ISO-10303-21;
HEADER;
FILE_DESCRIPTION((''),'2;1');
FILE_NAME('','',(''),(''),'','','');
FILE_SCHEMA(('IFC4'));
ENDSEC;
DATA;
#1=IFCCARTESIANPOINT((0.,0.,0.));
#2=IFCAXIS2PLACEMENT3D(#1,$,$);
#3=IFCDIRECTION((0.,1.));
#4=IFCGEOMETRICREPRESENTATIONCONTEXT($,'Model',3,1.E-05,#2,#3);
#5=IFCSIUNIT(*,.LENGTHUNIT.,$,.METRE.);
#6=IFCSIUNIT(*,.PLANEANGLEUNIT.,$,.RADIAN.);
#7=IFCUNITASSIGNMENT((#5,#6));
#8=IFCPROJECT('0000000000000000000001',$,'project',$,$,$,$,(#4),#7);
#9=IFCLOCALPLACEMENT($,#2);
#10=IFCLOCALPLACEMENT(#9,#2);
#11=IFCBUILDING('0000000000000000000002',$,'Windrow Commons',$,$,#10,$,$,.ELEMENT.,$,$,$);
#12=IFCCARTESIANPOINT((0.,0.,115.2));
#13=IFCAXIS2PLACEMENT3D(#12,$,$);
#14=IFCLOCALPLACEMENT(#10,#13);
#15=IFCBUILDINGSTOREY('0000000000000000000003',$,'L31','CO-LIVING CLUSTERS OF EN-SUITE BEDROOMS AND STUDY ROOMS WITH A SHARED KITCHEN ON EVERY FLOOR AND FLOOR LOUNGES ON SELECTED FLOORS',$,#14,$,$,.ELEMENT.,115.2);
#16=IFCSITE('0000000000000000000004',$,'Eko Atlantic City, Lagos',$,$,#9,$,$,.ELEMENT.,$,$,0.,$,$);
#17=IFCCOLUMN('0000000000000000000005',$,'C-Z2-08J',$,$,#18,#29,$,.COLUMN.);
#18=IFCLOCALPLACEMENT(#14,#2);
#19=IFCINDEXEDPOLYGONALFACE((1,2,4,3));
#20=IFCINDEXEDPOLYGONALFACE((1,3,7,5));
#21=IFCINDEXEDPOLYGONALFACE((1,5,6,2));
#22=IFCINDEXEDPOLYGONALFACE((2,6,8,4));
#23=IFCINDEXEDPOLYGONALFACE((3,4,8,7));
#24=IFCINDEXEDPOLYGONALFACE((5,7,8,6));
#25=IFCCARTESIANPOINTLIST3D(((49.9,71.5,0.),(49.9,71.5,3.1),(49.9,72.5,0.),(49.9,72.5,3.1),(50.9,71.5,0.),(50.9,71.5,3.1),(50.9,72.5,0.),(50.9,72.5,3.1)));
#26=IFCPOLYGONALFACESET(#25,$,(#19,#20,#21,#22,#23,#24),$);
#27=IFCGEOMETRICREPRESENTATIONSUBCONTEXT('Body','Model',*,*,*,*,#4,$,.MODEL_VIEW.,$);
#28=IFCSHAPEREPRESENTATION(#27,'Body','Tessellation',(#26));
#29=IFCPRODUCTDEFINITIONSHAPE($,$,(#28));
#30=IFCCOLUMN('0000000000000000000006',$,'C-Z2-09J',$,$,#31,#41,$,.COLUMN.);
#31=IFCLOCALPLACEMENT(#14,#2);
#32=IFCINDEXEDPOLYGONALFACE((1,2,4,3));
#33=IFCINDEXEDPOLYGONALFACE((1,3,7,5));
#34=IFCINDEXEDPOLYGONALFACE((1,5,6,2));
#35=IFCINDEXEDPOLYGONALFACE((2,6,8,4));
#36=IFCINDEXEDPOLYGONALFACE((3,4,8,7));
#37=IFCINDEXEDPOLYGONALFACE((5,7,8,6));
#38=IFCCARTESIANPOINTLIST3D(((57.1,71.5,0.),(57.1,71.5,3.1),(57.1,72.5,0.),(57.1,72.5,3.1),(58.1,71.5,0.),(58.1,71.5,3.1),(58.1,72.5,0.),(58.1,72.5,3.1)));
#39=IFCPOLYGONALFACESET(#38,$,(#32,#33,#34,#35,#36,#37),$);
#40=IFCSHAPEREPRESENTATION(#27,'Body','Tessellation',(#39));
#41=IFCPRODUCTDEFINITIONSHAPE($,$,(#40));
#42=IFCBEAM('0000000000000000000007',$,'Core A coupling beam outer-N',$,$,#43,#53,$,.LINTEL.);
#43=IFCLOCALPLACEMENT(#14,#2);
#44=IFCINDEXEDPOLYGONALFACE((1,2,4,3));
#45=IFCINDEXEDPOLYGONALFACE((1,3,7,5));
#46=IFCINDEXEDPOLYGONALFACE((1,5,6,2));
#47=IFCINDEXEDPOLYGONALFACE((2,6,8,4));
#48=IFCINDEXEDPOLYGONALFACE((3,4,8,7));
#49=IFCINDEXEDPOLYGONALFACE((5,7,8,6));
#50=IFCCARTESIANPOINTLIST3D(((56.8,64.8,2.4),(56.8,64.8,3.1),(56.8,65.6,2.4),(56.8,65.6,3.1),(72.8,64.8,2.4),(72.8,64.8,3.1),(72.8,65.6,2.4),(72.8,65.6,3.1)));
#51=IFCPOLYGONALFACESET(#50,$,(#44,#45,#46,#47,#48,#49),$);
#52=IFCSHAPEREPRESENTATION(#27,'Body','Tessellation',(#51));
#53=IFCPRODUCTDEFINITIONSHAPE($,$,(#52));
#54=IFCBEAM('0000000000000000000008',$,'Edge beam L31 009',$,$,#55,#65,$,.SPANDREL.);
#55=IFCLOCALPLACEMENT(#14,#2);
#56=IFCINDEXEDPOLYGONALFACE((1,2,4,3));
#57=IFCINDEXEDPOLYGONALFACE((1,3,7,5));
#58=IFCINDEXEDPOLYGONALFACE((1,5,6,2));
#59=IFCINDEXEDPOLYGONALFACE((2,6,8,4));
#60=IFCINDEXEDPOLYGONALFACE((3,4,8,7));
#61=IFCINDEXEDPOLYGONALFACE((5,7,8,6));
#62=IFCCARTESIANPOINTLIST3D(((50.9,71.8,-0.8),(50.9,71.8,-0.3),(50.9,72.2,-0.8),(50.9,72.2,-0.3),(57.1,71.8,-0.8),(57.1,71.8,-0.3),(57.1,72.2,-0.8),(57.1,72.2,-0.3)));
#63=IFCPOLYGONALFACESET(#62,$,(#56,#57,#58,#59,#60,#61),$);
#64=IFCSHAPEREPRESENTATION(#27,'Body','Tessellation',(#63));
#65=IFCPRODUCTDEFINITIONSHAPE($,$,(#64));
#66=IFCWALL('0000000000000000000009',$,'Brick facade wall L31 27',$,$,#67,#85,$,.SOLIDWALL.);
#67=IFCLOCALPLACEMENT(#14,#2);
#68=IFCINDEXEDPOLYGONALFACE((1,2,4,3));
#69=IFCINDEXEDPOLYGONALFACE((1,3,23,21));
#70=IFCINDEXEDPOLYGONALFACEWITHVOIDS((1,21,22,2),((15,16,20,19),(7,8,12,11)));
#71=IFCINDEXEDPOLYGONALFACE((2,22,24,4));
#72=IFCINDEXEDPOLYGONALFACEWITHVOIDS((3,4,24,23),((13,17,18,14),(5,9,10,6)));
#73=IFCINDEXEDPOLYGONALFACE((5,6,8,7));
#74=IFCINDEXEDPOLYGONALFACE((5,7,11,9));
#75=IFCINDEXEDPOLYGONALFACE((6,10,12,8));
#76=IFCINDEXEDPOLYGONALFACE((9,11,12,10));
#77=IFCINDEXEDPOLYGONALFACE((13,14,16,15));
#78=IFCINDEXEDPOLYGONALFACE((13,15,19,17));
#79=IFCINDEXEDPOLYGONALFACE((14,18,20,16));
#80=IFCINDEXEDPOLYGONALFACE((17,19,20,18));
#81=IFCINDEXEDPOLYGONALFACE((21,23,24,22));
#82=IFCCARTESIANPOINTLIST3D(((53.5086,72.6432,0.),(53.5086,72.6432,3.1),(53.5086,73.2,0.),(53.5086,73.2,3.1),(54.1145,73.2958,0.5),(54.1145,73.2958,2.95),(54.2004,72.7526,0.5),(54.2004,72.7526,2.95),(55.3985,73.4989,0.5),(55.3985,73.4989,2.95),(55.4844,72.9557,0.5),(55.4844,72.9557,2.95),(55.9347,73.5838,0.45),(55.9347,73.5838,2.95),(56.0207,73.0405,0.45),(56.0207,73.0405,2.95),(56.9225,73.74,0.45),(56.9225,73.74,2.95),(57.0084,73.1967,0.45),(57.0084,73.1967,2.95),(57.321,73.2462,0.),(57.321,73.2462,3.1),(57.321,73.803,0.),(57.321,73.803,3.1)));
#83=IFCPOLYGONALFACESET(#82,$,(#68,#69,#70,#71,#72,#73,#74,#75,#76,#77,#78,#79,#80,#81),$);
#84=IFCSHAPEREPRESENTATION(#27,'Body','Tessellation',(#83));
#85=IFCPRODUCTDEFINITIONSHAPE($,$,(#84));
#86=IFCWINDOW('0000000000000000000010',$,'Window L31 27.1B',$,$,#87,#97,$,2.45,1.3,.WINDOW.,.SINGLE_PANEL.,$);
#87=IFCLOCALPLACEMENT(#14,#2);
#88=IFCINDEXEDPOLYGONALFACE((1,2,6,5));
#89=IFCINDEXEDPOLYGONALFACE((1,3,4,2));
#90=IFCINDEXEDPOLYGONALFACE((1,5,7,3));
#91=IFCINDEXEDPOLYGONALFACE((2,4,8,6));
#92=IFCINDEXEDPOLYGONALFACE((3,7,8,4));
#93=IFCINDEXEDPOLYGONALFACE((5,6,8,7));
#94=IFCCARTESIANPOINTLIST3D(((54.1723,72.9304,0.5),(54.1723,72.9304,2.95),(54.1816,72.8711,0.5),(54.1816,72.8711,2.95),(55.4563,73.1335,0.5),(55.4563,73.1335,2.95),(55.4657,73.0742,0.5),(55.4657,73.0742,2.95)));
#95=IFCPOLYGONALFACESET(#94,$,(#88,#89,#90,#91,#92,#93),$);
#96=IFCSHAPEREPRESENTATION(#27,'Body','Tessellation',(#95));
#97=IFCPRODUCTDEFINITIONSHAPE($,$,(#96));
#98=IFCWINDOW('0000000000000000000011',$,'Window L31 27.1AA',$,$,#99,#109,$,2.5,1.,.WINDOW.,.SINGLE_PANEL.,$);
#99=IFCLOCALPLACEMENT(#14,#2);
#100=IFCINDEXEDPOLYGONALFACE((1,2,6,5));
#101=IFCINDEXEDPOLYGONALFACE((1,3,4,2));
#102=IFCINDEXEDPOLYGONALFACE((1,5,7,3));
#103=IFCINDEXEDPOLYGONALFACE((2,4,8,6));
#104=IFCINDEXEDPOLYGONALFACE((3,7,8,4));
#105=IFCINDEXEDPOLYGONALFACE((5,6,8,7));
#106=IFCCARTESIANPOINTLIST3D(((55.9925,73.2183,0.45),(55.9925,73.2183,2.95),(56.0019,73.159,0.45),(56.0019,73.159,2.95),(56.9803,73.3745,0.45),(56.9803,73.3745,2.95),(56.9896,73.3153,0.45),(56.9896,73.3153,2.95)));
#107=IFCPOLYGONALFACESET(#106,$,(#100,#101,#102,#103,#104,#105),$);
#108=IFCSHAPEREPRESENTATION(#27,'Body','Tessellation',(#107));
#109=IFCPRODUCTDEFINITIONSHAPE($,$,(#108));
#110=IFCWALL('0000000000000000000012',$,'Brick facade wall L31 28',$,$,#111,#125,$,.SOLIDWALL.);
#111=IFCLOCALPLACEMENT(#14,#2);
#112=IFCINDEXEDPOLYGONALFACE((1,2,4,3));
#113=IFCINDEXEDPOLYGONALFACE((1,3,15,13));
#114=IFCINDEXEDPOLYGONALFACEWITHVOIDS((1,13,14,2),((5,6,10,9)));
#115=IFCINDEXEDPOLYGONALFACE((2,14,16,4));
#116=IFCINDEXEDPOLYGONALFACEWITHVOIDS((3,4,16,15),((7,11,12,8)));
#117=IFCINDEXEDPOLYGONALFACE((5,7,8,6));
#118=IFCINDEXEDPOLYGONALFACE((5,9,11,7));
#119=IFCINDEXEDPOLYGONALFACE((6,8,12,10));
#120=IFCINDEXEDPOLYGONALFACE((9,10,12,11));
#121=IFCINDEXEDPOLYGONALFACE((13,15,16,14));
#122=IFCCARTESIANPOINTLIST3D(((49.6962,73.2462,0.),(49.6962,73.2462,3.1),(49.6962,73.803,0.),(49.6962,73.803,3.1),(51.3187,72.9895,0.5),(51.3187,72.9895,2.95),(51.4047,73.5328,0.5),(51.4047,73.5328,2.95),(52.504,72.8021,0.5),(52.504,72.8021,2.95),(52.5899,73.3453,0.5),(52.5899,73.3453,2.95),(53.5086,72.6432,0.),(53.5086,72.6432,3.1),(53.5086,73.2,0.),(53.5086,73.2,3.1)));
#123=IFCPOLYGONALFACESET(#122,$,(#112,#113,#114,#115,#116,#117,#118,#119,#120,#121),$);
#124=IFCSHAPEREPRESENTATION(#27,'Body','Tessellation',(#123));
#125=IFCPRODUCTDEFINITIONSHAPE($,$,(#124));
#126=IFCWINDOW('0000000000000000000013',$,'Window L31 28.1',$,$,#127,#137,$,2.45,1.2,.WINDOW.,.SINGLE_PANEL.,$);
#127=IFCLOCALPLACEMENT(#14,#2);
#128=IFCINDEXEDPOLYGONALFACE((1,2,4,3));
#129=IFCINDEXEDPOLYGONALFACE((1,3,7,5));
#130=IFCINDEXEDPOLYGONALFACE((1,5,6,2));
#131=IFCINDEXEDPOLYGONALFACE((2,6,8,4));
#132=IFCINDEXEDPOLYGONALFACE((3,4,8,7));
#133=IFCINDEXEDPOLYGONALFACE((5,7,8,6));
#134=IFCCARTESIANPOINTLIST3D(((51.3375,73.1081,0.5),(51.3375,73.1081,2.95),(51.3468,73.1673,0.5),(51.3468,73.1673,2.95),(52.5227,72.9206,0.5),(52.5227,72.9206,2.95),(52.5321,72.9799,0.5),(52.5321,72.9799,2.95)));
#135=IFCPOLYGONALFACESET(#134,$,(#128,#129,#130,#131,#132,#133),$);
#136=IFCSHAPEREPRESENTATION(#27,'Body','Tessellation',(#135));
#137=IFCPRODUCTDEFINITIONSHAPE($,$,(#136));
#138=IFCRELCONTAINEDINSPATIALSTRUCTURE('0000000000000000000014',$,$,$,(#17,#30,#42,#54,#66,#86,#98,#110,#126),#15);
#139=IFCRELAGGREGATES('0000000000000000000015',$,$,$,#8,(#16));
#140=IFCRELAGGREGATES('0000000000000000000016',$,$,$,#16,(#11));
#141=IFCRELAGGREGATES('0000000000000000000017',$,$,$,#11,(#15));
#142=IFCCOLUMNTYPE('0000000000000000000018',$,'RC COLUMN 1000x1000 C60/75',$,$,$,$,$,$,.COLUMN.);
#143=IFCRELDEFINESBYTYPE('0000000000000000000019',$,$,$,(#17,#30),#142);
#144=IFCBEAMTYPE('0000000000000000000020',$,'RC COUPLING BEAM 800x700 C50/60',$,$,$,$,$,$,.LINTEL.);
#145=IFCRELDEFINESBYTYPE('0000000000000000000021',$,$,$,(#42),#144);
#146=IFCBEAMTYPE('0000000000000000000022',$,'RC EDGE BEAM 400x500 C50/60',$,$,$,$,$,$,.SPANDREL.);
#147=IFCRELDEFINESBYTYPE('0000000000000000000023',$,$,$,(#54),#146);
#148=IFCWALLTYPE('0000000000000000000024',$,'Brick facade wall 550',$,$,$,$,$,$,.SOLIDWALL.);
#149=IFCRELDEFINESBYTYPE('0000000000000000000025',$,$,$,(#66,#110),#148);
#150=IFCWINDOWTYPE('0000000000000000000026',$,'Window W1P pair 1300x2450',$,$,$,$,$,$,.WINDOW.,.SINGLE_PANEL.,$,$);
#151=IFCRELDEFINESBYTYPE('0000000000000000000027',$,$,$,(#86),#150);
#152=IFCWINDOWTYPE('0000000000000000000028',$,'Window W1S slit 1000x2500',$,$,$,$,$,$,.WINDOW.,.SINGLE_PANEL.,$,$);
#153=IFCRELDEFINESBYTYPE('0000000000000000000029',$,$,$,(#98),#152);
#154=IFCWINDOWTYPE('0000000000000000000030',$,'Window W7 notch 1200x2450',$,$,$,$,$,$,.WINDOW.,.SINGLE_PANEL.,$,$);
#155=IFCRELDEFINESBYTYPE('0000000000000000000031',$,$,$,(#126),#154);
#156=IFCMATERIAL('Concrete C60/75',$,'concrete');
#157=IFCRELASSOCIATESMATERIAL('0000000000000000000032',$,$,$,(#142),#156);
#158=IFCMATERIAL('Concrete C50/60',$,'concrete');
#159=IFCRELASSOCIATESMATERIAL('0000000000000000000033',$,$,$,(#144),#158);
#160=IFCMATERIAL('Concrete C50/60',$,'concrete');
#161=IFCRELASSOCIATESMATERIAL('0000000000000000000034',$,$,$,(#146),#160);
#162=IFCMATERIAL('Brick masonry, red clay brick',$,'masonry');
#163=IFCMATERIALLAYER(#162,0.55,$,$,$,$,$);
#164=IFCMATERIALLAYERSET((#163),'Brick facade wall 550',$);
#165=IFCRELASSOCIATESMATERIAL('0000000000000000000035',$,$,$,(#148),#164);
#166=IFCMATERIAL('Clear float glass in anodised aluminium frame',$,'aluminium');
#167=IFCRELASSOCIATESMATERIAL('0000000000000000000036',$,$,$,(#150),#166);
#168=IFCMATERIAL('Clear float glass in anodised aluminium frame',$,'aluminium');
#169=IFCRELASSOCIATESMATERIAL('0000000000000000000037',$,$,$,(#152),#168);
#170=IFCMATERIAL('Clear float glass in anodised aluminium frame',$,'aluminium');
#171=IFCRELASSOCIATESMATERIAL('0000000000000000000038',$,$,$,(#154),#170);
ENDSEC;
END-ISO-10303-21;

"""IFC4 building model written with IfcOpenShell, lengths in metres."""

from ifc_helpers import new_model, si_unit, direction, frame, frame_2d, origin, origin_2d, place, context, subcontext, project, spatial, polyline, rectangle, outline, extrude, material, layer, layer_set, material_profile, profile_set, type_object, element, fill, save


model = new_model("IFC4")

# Units and contexts
model_context = context("Model", 3, precision=1e-05, world=origin(), true_north=direction((0.0, 1.0)))
body_context = subcontext(model_context, "Body", "Model", "MODEL_VIEW")
ifc_project = project(units=[si_unit("LENGTHUNIT", "METRE"), si_unit("PLANEANGLEUNIT", "RADIAN")], contexts=[model_context])

# Site, building, storey
site_placement = place(None, origin())
site = spatial("IfcSite", under=ifc_project, at=site_placement, Name="Eko Atlantic City, Lagos", CompositionType="ELEMENT", RefElevation=0.0)
building_placement = place(site_placement, origin())
building = spatial("IfcBuilding", under=site, at=building_placement, Name="Windrow Commons", CompositionType="ELEMENT")
storey_placement = place(building_placement, frame((0.0, 0.0, 115.2)))
storey = spatial("IfcBuildingStorey", under=building, at=storey_placement, Name="L31", Description="CO-LIVING CLUSTERS OF EN-SUITE BEDROOMS AND STUDY ROOMS WITH A SHARED KITCHEN ON EVERY FLOOR AND FLOOR LOUNGES ON SELECTED FLOORS", CompositionType="ELEMENT", Elevation=115.2)

# Columns
ifc_material_1 = material(Name="Concrete C60/75", Category="concrete")
ifc_material_profile_1 = material_profile(ifc_material_1, rectangle(XDim=1.0, YDim=1.0, at=origin_2d()))
ifc_profile_set_1 = profile_set([ifc_material_profile_1], Name="Concrete C60/75")
column_type = type_object("IfcColumnType", Name="RC COLUMN 1000x1000 C60/75", PredefinedType="COLUMN", material=ifc_profile_set_1)
for number, where, z_axis, x_axis, name in (
    (1, (50.4, 72.0, 0.0), (0.0, 0.0, 1.0), (1.0, 0.0, 0.0), "C-Z2-08J"),
    (2, (57.6, 72.0, 0.0), (0.0, 0.0, 1.0), (1.0, 0.0, 0.0), "C-Z2-09J"),
):
    element("IfcColumn", number, at=place(storey_placement, frame(where, z_axis=z_axis, x_axis=x_axis)), inside=storey, type_object=column_type, Name=name, PredefinedType="COLUMN", context=body_context, shape_type="SweptSolid", body=[
        extrude(rectangle(XDim=1.0, YDim=1.0, at=origin_2d()), origin(), (0.0, 0.0, 1.0), 3.1),
    ])

# Beams
ifc_material_2 = material(Name="Concrete C50/60", Category="concrete")
ifc_material_profile_2 = material_profile(ifc_material_2, rectangle(XDim=0.8, YDim=0.7, at=origin_2d()))
ifc_profile_set_2 = profile_set([ifc_material_profile_2], Name="Concrete C50/60")
beam_type_1 = type_object("IfcBeamType", Name="RC COUPLING BEAM 800x700 C50/60", PredefinedType="LINTEL", material=ifc_profile_set_2)
beam_1_placement = place(storey_placement, frame((56.8, 65.2, 2.75), z_axis=(1.0, 0.0, 0.0), x_axis=(0.0, 1.0, 0.0)))
element("IfcBeam", 3, at=beam_1_placement, inside=storey, type_object=beam_type_1, Name="Core A coupling beam outer-N", PredefinedType="LINTEL", context=body_context, shape_type="SweptSolid", body=[
    extrude(rectangle(XDim=0.8, YDim=0.7, at=origin_2d()), origin(), (0.0, 0.0, 1.0), 16.0),
])
ifc_material_3 = material(Name="Concrete C50/60", Category="concrete")
ifc_material_profile_3 = material_profile(ifc_material_3, rectangle(XDim=0.4, YDim=0.5, at=origin_2d()))
ifc_profile_set_3 = profile_set([ifc_material_profile_3], Name="Concrete C50/60")
beam_type_2 = type_object("IfcBeamType", Name="RC EDGE BEAM 400x500 C50/60", PredefinedType="SPANDREL", material=ifc_profile_set_3)
beam_2_placement = place(storey_placement, frame((50.9, 72.0, -0.55), z_axis=(1.0, 0.0, 0.0), x_axis=(0.0, 1.0, 0.0)))
element("IfcBeam", 4, at=beam_2_placement, inside=storey, type_object=beam_type_2, Name="Edge beam L31 009", PredefinedType="SPANDREL", context=body_context, shape_type="SweptSolid", body=[
    extrude(rectangle(XDim=0.4, YDim=0.5, at=origin_2d()), origin(), (0.0, 0.0, 1.0), 6.2),
])

# Wall, openings, windows
ifc_material_4 = material(Name="Brick masonry, red clay brick", Category="masonry")
ifc_layer_1 = layer(ifc_material_4, 0.55)
ifc_layer_set_1 = layer_set([ifc_layer_1], Name="Brick facade wall 550")
wall_type_1 = type_object("IfcWallType", Name="Brick facade wall 550", PredefinedType="SOLIDWALL", material=ifc_layer_set_1)
wall_1_placement = place(storey_placement, frame((57.321, 73.5246, 0.0), z_axis=(0.0, 0.0, 1.0), x_axis=(-0.987721, -0.156226, 0.0)))
wall_1 = element("IfcWall", 5, at=wall_1_placement, inside=storey, type_object=wall_type_1, Name="Brick facade wall L31 27", PredefinedType="SOLIDWALL", context=body_context, shape_type="SweptSolid", body=[
    extrude(outline(polyline([(-0.0435, -0.275), (3.8163, -0.275), (3.9033, 0.275), (0.0435, 0.275), (-0.0435, -0.275)])), origin(), (0.0, 0.0, 1.0), 3.1),
])
opening_1_placement = place(wall_1_placement, frame((1.9029, 0.0, 0.5)))
opening_1 = element("IfcOpeningElement", 6, at=opening_1_placement, cuts=wall_1, PredefinedType="OPENING", context=body_context, shape_type="SweptSolid", body=[
    extrude(rectangle(XDim=1.3, YDim=2.45, at=frame_2d((0.65, 1.225))), frame((0.0, 0.285, 0.0), z_axis=(0.0, -1.0, 0.0), x_axis=(1.0, 0.0, 0.0)), (0.0, 0.0, 1.0), 0.57),
])
opening_2_placement = place(wall_1_placement, frame((0.36, 0.0, 0.45)))
opening_2 = element("IfcOpeningElement", 7, at=opening_2_placement, cuts=wall_1, PredefinedType="OPENING", context=body_context, shape_type="SweptSolid", body=[
    extrude(rectangle(XDim=1.0, YDim=2.5, at=frame_2d((0.5, 1.25))), frame((0.0, 0.285, 0.0), z_axis=(0.0, -1.0, 0.0), x_axis=(1.0, 0.0, 0.0)), (0.0, 0.0, 1.0), 0.57),
])
ifc_material_5 = material(Name="Clear float glass in anodised aluminium frame", Category="aluminium")
window_type_1 = type_object("IfcWindowType", Name="Window W1P pair 1300x2450", PartitioningType="SINGLE_PANEL", PredefinedType="WINDOW", material=ifc_material_5)
window_1_placement = place(opening_1_placement, origin())
window_1 = element("IfcWindow", 8, at=window_1_placement, inside=storey, type_object=window_type_1, Name="Window L31 27.1B", OverallHeight=2.45, OverallWidth=1.3, PartitioningType="SINGLE_PANEL", PredefinedType="WINDOW", context=body_context, shape_type="SweptSolid", body=[
    extrude(rectangle(XDim=1.3, YDim=2.45, at=frame_2d((0.65, 1.225))), frame((0.0, 0.155, 0.0), z_axis=(0.0, -1.0, 0.0), x_axis=(1.0, 0.0, 0.0)), (0.0, 0.0, 1.0), 0.06),
])
fill(opening_1, window_1)
ifc_material_6 = material(Name="Clear float glass in anodised aluminium frame", Category="aluminium")
window_type_2 = type_object("IfcWindowType", Name="Window W1S slit 1000x2500", PartitioningType="SINGLE_PANEL", PredefinedType="WINDOW", material=ifc_material_6)
window_2_placement = place(opening_2_placement, origin())
window_2 = element("IfcWindow", 9, at=window_2_placement, inside=storey, type_object=window_type_2, Name="Window L31 27.1AA", OverallHeight=2.5, OverallWidth=1.0, PartitioningType="SINGLE_PANEL", PredefinedType="WINDOW", context=body_context, shape_type="SweptSolid", body=[
    extrude(rectangle(XDim=1.0, YDim=2.5, at=frame_2d((0.5, 1.25))), frame((0.0, 0.155, 0.0), z_axis=(0.0, -1.0, 0.0), x_axis=(1.0, 0.0, 0.0)), (0.0, 0.0, 1.0), 0.06),
])
fill(opening_2, window_2)

# Wall, opening, window
wall_2_placement = place(storey_placement, frame((53.5086, 72.9216, 0.0), z_axis=(0.0, 0.0, 1.0), x_axis=(-0.987721, 0.156226, 0.0)))
wall_2 = element("IfcWall", 10, at=wall_2_placement, inside=storey, type_object=wall_type_1, Name="Brick facade wall L31 28", PredefinedType="SOLIDWALL", context=body_context, shape_type="SweptSolid", body=[
    extrude(outline(polyline([(0.0435, -0.275), (3.9033, -0.275), (3.8163, 0.275), (-0.0435, 0.275), (0.0435, -0.275)])), origin(), (0.0, 0.0, 1.0), 3.1),
])
opening_3_placement = place(wall_2_placement, frame((0.9736, 0.0, 0.5)))
opening_3 = element("IfcOpeningElement", 11, at=opening_3_placement, cuts=wall_2, PredefinedType="OPENING", context=body_context, shape_type="SweptSolid", body=[
    extrude(rectangle(XDim=1.2, YDim=2.45, at=frame_2d((0.6, 1.225))), frame((0.0, 0.285, 0.0), z_axis=(0.0, -1.0, 0.0), x_axis=(1.0, 0.0, 0.0)), (0.0, 0.0, 1.0), 0.57),
])
ifc_material_7 = material(Name="Clear float glass in anodised aluminium frame", Category="aluminium")
window_type_3 = type_object("IfcWindowType", Name="Window W7 notch 1200x2450", PartitioningType="SINGLE_PANEL", PredefinedType="WINDOW", material=ifc_material_7)
window_3_placement = place(opening_3_placement, origin())
window_3 = element("IfcWindow", 12, at=window_3_placement, inside=storey, type_object=window_type_3, Name="Window L31 28.1", OverallHeight=2.45, OverallWidth=1.2, PartitioningType="SINGLE_PANEL", PredefinedType="WINDOW", context=body_context, shape_type="SweptSolid", body=[
    extrude(rectangle(XDim=1.2, YDim=2.45, at=frame_2d((0.6, 1.225))), frame((0.0, 0.155, 0.0), z_axis=(0.0, -1.0, 0.0), x_axis=(1.0, 0.0, 0.0)), (0.0, 0.0, 1.0), 0.06),
])
fill(opening_3, window_3)

save(model, "model.ifc")
